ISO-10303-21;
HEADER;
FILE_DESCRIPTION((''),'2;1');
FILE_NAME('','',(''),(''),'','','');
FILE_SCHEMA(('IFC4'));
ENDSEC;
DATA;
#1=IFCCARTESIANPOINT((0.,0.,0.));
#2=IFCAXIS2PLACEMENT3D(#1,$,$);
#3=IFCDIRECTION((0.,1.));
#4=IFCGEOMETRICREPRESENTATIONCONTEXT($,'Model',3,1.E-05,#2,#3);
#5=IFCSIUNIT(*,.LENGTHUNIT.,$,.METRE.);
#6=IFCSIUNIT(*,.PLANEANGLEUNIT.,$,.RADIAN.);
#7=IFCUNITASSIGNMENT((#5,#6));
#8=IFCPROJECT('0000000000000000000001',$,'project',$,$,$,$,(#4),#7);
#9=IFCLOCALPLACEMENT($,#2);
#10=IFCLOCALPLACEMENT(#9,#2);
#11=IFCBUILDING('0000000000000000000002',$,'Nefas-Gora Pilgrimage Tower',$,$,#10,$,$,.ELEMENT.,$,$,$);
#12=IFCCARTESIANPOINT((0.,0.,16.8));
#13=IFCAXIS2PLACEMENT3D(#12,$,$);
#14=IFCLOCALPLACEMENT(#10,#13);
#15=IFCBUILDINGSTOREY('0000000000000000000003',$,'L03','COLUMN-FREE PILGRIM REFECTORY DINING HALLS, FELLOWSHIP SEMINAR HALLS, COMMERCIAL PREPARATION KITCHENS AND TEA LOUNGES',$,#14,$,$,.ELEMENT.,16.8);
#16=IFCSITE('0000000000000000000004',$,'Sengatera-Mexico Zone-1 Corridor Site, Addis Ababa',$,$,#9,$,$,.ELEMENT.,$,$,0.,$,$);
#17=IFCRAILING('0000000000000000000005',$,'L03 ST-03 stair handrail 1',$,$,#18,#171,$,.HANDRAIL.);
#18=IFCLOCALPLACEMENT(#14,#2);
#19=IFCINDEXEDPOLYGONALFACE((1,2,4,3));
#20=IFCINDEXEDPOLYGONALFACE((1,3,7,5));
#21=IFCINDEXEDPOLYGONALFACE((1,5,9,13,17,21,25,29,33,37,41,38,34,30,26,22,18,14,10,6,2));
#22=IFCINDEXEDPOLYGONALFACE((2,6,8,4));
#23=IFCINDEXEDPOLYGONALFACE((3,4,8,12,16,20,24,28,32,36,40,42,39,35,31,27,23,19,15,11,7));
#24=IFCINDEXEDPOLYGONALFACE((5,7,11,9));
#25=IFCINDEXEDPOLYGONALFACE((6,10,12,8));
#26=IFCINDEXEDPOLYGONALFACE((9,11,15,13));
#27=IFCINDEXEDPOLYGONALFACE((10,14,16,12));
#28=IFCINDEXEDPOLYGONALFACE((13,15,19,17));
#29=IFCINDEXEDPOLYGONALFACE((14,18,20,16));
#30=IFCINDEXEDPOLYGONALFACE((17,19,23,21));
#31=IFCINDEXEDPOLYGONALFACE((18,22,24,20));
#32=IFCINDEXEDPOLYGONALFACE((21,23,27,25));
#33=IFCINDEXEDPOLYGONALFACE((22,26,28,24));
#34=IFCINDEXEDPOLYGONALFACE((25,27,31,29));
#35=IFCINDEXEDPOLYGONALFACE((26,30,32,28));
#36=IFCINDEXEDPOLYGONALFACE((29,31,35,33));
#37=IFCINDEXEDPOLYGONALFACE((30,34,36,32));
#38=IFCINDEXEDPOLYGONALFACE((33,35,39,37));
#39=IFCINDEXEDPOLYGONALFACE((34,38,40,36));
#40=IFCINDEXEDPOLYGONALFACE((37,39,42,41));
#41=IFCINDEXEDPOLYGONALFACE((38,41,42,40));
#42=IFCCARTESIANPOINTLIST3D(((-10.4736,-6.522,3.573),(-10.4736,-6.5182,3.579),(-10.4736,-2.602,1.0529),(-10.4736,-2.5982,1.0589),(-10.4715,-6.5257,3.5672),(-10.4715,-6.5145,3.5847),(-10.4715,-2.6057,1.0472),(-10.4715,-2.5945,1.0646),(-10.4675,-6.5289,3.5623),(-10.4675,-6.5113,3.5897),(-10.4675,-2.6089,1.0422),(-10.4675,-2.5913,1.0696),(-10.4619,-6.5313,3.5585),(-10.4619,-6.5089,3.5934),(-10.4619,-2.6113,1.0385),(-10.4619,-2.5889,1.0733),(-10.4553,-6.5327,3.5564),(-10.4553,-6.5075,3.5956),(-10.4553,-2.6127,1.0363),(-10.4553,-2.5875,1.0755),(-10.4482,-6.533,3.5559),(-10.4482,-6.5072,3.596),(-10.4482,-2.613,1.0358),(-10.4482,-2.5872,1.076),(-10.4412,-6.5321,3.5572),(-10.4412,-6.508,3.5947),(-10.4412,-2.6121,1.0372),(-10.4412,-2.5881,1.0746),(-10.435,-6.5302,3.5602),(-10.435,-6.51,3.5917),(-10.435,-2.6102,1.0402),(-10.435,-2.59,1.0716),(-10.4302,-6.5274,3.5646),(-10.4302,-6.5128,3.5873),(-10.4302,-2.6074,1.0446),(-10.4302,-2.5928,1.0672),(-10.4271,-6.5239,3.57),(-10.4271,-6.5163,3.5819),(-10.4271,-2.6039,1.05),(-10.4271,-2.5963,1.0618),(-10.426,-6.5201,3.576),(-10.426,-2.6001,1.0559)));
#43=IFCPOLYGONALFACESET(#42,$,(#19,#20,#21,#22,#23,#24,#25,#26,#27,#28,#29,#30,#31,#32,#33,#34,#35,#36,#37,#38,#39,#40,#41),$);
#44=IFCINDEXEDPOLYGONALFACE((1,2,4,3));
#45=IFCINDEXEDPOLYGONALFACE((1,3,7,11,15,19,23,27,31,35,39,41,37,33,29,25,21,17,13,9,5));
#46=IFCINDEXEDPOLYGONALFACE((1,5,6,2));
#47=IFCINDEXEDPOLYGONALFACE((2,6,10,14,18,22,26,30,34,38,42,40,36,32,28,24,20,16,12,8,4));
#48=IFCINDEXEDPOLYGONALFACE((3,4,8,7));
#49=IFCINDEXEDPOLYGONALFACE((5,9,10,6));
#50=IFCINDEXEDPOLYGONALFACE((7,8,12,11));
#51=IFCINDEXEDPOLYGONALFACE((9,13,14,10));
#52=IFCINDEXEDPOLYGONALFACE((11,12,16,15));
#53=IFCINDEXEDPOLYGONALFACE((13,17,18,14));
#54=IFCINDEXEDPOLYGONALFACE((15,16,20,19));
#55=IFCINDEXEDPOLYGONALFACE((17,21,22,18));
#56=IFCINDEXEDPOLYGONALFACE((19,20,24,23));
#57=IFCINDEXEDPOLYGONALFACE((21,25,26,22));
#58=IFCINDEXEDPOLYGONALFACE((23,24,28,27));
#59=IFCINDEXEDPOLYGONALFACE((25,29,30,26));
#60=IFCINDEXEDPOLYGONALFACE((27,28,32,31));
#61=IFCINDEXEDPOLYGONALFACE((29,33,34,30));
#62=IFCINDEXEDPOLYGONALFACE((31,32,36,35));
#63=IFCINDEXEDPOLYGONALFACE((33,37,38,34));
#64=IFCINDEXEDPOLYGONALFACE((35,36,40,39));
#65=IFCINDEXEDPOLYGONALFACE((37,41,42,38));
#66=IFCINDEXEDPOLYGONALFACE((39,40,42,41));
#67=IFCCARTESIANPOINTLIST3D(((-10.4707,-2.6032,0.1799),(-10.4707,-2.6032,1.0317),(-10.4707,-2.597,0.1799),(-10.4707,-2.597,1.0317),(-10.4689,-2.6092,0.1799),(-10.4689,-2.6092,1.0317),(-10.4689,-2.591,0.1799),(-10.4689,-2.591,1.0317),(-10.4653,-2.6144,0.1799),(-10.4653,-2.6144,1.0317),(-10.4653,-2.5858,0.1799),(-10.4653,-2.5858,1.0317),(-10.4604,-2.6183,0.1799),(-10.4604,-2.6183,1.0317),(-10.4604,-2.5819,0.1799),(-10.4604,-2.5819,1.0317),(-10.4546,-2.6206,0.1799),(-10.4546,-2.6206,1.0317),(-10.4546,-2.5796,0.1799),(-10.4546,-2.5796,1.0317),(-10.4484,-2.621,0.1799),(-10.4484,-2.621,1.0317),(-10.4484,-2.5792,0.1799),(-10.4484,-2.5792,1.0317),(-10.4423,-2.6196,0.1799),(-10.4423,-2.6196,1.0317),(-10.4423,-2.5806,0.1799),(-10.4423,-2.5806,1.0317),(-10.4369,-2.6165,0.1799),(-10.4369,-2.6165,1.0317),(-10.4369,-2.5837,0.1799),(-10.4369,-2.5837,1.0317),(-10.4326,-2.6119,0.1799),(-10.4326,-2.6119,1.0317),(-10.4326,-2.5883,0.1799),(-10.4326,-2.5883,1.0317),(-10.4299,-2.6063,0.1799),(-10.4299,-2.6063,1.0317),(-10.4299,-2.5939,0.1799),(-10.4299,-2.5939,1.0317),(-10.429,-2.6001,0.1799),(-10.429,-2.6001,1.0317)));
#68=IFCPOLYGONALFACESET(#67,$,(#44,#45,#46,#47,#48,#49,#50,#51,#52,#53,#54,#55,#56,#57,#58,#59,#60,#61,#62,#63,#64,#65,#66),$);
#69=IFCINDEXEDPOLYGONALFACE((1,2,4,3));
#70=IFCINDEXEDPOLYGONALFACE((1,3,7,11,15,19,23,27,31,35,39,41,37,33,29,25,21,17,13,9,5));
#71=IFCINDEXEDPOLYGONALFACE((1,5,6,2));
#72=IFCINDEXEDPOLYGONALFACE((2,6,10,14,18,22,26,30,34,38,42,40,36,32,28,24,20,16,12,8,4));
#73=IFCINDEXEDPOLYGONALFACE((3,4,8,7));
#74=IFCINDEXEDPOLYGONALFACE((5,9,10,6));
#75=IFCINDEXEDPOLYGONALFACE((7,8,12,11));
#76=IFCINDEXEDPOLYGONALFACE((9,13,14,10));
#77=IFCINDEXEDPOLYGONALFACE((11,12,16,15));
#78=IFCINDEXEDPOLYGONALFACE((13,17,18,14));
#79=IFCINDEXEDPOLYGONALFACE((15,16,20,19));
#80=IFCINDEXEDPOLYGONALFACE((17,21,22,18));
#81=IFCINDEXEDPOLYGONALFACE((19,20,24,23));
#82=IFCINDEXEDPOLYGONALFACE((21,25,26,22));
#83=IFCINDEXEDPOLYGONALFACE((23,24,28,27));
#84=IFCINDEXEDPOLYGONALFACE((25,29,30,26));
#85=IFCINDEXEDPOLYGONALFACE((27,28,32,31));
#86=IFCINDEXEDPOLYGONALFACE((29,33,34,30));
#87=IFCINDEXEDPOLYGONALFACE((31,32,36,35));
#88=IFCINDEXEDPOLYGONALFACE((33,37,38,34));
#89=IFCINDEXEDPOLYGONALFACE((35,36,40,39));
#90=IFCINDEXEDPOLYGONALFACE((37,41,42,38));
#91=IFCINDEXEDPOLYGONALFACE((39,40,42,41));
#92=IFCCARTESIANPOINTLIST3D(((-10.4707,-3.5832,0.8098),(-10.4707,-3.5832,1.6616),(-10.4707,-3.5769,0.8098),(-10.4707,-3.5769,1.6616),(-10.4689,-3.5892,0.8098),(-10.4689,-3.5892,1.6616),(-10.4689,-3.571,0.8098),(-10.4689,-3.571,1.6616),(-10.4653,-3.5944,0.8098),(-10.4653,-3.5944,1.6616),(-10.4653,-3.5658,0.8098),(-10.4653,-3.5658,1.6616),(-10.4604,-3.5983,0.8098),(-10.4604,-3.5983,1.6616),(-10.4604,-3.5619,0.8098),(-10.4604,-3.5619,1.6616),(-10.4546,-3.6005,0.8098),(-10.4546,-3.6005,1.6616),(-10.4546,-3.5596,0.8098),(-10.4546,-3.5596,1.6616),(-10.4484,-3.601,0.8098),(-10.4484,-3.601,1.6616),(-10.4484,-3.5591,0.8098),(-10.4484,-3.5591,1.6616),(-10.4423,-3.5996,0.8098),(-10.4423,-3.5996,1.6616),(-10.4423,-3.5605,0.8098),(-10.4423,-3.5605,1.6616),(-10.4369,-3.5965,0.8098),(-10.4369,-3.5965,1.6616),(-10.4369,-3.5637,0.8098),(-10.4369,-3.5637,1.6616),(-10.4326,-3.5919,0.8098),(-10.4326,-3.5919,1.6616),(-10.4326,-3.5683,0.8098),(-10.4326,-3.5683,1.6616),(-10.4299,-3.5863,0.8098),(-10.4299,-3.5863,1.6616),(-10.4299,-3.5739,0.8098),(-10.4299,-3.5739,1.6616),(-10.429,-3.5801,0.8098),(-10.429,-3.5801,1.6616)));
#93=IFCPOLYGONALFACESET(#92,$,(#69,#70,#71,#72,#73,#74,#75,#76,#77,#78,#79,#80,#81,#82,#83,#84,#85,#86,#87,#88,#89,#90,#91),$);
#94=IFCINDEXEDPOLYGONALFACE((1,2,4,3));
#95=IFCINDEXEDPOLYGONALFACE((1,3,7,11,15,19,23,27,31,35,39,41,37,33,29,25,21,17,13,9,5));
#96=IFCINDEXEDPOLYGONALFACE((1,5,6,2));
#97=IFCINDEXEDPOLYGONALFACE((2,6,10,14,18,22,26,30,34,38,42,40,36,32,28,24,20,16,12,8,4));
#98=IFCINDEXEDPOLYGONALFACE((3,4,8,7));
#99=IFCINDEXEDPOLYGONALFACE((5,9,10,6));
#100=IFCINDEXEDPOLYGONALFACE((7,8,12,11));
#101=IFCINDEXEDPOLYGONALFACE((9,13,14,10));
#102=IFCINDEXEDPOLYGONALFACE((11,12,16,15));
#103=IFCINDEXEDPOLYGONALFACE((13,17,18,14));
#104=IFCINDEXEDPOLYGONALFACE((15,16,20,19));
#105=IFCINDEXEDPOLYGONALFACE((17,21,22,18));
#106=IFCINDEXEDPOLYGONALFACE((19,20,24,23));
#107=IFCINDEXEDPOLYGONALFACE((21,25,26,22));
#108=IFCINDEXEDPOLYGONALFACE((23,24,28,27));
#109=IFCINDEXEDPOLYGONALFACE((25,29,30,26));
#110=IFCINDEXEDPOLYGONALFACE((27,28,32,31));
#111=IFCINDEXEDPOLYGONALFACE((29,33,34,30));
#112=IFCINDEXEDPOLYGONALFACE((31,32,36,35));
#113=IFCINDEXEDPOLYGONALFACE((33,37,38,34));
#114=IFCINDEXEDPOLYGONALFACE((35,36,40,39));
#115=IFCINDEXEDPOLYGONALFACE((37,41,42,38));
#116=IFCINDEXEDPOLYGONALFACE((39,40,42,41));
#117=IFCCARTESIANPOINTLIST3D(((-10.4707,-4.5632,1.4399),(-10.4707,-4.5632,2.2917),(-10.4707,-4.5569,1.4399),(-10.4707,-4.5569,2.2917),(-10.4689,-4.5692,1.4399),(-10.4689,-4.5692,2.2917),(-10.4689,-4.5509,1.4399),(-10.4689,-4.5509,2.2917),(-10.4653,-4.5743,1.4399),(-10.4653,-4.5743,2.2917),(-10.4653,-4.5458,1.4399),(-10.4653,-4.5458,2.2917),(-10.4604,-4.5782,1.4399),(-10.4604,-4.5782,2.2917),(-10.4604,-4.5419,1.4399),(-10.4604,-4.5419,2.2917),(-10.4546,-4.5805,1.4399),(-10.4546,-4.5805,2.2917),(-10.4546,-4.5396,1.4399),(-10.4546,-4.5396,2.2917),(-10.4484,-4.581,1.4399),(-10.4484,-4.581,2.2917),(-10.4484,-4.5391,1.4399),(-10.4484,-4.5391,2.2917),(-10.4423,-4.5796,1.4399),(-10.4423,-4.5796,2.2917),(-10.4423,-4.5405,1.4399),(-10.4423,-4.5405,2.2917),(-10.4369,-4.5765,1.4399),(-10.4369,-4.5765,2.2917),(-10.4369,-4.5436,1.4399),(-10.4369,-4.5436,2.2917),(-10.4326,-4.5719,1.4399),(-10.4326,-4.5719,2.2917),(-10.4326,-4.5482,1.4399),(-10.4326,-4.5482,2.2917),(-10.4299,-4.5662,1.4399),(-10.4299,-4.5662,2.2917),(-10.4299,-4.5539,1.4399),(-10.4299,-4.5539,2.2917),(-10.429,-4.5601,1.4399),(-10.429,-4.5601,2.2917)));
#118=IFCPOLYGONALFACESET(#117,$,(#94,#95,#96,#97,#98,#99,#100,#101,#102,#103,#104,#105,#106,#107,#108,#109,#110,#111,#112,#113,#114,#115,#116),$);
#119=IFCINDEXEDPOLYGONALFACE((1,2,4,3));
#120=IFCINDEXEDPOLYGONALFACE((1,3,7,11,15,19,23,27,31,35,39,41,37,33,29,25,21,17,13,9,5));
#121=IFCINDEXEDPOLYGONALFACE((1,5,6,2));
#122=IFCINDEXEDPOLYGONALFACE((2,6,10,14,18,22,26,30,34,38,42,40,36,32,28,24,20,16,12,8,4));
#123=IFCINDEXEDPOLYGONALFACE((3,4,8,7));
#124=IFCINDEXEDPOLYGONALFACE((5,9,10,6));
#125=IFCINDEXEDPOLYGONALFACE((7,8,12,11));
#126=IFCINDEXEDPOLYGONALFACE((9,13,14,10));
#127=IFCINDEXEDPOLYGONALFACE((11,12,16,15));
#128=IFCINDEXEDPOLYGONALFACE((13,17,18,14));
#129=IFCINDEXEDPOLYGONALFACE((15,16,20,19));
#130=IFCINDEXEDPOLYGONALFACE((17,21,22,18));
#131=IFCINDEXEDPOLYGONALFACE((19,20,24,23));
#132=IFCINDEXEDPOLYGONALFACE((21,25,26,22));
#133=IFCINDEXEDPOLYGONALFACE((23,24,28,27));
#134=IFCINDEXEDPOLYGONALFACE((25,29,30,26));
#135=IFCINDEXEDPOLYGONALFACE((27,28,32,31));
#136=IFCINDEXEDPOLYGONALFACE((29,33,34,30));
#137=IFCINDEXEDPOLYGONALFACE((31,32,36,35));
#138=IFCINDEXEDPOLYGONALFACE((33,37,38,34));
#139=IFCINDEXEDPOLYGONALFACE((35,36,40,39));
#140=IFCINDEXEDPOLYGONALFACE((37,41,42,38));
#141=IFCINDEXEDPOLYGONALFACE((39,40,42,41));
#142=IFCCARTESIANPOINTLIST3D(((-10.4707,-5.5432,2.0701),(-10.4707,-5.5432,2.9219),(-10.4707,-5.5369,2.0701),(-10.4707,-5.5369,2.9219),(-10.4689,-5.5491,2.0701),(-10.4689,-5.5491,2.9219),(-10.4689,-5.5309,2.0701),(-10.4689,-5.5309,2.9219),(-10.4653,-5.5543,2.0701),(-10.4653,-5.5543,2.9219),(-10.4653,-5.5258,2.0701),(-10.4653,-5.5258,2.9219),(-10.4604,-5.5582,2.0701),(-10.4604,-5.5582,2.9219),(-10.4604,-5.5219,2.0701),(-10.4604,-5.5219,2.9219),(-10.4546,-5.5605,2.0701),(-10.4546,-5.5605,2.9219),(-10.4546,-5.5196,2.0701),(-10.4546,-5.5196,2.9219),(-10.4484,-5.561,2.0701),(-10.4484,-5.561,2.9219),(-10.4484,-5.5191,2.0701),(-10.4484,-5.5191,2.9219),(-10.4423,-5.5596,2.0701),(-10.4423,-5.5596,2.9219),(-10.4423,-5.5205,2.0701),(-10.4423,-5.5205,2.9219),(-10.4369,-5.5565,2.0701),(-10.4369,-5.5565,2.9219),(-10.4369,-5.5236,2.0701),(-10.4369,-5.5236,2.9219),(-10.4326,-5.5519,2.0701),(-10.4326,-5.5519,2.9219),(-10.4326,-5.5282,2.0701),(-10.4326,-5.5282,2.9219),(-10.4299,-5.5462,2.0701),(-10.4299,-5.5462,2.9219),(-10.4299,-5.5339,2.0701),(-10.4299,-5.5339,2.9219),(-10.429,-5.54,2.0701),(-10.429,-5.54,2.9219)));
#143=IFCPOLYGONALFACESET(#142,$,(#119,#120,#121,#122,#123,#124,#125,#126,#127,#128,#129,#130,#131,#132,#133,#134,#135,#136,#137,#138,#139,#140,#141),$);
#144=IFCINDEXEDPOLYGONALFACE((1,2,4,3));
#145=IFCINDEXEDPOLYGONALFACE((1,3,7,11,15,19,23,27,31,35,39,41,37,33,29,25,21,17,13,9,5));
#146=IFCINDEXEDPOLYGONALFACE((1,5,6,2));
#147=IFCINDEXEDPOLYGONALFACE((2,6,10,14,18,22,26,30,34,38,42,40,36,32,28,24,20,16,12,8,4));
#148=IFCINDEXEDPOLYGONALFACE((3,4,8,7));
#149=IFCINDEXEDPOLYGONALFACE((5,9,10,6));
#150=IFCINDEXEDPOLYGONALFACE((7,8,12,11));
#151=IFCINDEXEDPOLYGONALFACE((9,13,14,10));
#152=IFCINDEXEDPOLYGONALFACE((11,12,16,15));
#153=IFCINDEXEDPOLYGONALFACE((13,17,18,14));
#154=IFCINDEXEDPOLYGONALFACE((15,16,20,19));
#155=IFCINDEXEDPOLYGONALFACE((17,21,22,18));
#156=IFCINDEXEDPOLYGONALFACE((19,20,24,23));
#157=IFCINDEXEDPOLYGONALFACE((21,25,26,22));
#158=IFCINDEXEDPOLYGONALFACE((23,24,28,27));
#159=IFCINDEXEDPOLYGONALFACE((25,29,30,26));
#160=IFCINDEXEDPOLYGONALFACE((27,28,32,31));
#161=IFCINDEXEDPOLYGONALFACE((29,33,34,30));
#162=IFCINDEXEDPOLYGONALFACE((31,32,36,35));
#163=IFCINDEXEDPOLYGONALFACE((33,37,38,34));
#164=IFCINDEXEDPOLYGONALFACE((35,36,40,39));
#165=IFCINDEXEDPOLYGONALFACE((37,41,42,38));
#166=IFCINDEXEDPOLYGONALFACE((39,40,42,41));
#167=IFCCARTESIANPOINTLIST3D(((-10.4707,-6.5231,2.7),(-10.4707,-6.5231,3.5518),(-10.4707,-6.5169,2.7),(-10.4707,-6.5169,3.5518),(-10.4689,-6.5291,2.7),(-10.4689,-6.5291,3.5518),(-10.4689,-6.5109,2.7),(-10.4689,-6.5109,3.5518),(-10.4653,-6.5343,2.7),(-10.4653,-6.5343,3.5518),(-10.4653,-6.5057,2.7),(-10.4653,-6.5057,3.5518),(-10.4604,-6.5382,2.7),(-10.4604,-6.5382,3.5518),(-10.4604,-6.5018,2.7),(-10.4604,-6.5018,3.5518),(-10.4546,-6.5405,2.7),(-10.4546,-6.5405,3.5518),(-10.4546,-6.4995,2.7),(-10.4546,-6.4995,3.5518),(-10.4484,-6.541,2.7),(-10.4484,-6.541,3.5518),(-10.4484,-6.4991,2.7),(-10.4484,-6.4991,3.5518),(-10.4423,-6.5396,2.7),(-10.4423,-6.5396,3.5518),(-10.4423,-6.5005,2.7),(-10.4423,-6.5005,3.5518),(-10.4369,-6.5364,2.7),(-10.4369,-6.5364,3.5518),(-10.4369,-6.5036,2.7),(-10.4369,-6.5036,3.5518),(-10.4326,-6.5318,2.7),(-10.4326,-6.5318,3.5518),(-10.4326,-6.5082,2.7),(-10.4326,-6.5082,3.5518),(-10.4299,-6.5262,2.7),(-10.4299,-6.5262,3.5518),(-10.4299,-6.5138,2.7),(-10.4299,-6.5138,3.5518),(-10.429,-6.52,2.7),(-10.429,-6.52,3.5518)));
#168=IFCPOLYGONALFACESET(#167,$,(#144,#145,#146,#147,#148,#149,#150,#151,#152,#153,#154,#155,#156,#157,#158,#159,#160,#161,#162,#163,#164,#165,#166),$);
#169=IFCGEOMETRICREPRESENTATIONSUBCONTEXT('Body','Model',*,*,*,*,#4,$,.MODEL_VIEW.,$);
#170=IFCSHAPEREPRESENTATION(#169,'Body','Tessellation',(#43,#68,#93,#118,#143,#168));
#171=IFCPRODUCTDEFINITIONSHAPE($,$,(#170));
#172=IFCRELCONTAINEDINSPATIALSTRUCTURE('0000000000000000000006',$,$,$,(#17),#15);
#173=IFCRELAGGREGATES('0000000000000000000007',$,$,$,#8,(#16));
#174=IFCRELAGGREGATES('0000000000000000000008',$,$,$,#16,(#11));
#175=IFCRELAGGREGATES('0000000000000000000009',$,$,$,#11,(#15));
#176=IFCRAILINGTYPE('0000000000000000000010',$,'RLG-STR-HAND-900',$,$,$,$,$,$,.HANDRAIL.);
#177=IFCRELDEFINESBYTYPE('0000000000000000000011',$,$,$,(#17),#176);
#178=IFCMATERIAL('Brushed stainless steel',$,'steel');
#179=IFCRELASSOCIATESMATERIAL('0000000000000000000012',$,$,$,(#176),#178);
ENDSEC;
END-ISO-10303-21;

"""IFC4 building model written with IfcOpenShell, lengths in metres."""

from ifc_helpers import new_model, si_unit, direction, frame, origin, origin_2d, place, context, subcontext, project, spatial, circle, extrude, material, type_object, element, save


model = new_model("IFC4")

# Units and contexts
model_context = context("Model", 3, precision=1e-05, world=origin(), true_north=direction((0.0, 1.0)))
body_context = subcontext(model_context, "Body", "Model", "MODEL_VIEW")
ifc_project = project(units=[si_unit("LENGTHUNIT", "METRE"), si_unit("PLANEANGLEUNIT", "RADIAN")], contexts=[model_context])

# Site, building, storey
site_placement = place(None, origin())
site = spatial("IfcSite", under=ifc_project, at=site_placement, Name="Sengatera-Mexico Zone-1 Corridor Site, Addis Ababa", CompositionType="ELEMENT", RefElevation=0.0)
building_placement = place(site_placement, origin())
building = spatial("IfcBuilding", under=site, at=building_placement, Name="Nefas-Gora Pilgrimage Tower", CompositionType="ELEMENT")
storey_placement = place(building_placement, frame((0.0, 0.0, 16.8)))
storey = spatial("IfcBuildingStorey", under=building, at=storey_placement, Name="L03", Description="COLUMN-FREE PILGRIM REFECTORY DINING HALLS, FELLOWSHIP SEMINAR HALLS, COMMERCIAL PREPARATION KITCHENS AND TEA LOUNGES", CompositionType="ELEMENT", Elevation=16.8)

# Railing
ifc_material_1 = material(Name="Brushed stainless steel", Category="steel")
railing_type_1 = type_object("IfcRailingType", Name="RLG-STR-HAND-900", PredefinedType="HANDRAIL", material=ifc_material_1)
railing_1_placement = place(storey_placement, frame((-10.45, -2.6001, 0.1799)))
element("IfcRailing", 1, at=railing_1_placement, inside=storey, type_object=railing_type_1, Name="L03 ST-03 stair handrail 1", PredefinedType="HANDRAIL", context=body_context, shape_type="SweptSolid", body=[
    extrude(circle(Radius=0.0239, at=origin_2d()), frame((0.0, 0.0, 0.876), z_axis=(0.0, -0.841172, 0.540768), x_axis=(1.0, 0.0, 0.0)), (0.0, 0.0, 1.0), 4.6602),
    extrude(circle(Radius=0.021, at=origin_2d()), origin(), (0.0, 0.0, 1.0), 0.8518),
    extrude(circle(Radius=0.021, at=origin_2d()), frame((0.0, -0.98, 0.6299)), (0.0, 0.0, 1.0), 0.8518),
    extrude(circle(Radius=0.021, at=origin_2d()), frame((0.0, -1.96, 1.26)), (0.0, 0.0, 1.0), 0.8518),
    extrude(circle(Radius=0.021, at=origin_2d()), frame((0.0, -2.9399, 1.8901)), (0.0, 0.0, 1.0), 0.8518),
    extrude(circle(Radius=0.021, at=origin_2d()), frame((0.0, -3.9199, 2.52)), (0.0, 0.0, 1.0), 0.8518),
])

save(model, "model.ifc")
